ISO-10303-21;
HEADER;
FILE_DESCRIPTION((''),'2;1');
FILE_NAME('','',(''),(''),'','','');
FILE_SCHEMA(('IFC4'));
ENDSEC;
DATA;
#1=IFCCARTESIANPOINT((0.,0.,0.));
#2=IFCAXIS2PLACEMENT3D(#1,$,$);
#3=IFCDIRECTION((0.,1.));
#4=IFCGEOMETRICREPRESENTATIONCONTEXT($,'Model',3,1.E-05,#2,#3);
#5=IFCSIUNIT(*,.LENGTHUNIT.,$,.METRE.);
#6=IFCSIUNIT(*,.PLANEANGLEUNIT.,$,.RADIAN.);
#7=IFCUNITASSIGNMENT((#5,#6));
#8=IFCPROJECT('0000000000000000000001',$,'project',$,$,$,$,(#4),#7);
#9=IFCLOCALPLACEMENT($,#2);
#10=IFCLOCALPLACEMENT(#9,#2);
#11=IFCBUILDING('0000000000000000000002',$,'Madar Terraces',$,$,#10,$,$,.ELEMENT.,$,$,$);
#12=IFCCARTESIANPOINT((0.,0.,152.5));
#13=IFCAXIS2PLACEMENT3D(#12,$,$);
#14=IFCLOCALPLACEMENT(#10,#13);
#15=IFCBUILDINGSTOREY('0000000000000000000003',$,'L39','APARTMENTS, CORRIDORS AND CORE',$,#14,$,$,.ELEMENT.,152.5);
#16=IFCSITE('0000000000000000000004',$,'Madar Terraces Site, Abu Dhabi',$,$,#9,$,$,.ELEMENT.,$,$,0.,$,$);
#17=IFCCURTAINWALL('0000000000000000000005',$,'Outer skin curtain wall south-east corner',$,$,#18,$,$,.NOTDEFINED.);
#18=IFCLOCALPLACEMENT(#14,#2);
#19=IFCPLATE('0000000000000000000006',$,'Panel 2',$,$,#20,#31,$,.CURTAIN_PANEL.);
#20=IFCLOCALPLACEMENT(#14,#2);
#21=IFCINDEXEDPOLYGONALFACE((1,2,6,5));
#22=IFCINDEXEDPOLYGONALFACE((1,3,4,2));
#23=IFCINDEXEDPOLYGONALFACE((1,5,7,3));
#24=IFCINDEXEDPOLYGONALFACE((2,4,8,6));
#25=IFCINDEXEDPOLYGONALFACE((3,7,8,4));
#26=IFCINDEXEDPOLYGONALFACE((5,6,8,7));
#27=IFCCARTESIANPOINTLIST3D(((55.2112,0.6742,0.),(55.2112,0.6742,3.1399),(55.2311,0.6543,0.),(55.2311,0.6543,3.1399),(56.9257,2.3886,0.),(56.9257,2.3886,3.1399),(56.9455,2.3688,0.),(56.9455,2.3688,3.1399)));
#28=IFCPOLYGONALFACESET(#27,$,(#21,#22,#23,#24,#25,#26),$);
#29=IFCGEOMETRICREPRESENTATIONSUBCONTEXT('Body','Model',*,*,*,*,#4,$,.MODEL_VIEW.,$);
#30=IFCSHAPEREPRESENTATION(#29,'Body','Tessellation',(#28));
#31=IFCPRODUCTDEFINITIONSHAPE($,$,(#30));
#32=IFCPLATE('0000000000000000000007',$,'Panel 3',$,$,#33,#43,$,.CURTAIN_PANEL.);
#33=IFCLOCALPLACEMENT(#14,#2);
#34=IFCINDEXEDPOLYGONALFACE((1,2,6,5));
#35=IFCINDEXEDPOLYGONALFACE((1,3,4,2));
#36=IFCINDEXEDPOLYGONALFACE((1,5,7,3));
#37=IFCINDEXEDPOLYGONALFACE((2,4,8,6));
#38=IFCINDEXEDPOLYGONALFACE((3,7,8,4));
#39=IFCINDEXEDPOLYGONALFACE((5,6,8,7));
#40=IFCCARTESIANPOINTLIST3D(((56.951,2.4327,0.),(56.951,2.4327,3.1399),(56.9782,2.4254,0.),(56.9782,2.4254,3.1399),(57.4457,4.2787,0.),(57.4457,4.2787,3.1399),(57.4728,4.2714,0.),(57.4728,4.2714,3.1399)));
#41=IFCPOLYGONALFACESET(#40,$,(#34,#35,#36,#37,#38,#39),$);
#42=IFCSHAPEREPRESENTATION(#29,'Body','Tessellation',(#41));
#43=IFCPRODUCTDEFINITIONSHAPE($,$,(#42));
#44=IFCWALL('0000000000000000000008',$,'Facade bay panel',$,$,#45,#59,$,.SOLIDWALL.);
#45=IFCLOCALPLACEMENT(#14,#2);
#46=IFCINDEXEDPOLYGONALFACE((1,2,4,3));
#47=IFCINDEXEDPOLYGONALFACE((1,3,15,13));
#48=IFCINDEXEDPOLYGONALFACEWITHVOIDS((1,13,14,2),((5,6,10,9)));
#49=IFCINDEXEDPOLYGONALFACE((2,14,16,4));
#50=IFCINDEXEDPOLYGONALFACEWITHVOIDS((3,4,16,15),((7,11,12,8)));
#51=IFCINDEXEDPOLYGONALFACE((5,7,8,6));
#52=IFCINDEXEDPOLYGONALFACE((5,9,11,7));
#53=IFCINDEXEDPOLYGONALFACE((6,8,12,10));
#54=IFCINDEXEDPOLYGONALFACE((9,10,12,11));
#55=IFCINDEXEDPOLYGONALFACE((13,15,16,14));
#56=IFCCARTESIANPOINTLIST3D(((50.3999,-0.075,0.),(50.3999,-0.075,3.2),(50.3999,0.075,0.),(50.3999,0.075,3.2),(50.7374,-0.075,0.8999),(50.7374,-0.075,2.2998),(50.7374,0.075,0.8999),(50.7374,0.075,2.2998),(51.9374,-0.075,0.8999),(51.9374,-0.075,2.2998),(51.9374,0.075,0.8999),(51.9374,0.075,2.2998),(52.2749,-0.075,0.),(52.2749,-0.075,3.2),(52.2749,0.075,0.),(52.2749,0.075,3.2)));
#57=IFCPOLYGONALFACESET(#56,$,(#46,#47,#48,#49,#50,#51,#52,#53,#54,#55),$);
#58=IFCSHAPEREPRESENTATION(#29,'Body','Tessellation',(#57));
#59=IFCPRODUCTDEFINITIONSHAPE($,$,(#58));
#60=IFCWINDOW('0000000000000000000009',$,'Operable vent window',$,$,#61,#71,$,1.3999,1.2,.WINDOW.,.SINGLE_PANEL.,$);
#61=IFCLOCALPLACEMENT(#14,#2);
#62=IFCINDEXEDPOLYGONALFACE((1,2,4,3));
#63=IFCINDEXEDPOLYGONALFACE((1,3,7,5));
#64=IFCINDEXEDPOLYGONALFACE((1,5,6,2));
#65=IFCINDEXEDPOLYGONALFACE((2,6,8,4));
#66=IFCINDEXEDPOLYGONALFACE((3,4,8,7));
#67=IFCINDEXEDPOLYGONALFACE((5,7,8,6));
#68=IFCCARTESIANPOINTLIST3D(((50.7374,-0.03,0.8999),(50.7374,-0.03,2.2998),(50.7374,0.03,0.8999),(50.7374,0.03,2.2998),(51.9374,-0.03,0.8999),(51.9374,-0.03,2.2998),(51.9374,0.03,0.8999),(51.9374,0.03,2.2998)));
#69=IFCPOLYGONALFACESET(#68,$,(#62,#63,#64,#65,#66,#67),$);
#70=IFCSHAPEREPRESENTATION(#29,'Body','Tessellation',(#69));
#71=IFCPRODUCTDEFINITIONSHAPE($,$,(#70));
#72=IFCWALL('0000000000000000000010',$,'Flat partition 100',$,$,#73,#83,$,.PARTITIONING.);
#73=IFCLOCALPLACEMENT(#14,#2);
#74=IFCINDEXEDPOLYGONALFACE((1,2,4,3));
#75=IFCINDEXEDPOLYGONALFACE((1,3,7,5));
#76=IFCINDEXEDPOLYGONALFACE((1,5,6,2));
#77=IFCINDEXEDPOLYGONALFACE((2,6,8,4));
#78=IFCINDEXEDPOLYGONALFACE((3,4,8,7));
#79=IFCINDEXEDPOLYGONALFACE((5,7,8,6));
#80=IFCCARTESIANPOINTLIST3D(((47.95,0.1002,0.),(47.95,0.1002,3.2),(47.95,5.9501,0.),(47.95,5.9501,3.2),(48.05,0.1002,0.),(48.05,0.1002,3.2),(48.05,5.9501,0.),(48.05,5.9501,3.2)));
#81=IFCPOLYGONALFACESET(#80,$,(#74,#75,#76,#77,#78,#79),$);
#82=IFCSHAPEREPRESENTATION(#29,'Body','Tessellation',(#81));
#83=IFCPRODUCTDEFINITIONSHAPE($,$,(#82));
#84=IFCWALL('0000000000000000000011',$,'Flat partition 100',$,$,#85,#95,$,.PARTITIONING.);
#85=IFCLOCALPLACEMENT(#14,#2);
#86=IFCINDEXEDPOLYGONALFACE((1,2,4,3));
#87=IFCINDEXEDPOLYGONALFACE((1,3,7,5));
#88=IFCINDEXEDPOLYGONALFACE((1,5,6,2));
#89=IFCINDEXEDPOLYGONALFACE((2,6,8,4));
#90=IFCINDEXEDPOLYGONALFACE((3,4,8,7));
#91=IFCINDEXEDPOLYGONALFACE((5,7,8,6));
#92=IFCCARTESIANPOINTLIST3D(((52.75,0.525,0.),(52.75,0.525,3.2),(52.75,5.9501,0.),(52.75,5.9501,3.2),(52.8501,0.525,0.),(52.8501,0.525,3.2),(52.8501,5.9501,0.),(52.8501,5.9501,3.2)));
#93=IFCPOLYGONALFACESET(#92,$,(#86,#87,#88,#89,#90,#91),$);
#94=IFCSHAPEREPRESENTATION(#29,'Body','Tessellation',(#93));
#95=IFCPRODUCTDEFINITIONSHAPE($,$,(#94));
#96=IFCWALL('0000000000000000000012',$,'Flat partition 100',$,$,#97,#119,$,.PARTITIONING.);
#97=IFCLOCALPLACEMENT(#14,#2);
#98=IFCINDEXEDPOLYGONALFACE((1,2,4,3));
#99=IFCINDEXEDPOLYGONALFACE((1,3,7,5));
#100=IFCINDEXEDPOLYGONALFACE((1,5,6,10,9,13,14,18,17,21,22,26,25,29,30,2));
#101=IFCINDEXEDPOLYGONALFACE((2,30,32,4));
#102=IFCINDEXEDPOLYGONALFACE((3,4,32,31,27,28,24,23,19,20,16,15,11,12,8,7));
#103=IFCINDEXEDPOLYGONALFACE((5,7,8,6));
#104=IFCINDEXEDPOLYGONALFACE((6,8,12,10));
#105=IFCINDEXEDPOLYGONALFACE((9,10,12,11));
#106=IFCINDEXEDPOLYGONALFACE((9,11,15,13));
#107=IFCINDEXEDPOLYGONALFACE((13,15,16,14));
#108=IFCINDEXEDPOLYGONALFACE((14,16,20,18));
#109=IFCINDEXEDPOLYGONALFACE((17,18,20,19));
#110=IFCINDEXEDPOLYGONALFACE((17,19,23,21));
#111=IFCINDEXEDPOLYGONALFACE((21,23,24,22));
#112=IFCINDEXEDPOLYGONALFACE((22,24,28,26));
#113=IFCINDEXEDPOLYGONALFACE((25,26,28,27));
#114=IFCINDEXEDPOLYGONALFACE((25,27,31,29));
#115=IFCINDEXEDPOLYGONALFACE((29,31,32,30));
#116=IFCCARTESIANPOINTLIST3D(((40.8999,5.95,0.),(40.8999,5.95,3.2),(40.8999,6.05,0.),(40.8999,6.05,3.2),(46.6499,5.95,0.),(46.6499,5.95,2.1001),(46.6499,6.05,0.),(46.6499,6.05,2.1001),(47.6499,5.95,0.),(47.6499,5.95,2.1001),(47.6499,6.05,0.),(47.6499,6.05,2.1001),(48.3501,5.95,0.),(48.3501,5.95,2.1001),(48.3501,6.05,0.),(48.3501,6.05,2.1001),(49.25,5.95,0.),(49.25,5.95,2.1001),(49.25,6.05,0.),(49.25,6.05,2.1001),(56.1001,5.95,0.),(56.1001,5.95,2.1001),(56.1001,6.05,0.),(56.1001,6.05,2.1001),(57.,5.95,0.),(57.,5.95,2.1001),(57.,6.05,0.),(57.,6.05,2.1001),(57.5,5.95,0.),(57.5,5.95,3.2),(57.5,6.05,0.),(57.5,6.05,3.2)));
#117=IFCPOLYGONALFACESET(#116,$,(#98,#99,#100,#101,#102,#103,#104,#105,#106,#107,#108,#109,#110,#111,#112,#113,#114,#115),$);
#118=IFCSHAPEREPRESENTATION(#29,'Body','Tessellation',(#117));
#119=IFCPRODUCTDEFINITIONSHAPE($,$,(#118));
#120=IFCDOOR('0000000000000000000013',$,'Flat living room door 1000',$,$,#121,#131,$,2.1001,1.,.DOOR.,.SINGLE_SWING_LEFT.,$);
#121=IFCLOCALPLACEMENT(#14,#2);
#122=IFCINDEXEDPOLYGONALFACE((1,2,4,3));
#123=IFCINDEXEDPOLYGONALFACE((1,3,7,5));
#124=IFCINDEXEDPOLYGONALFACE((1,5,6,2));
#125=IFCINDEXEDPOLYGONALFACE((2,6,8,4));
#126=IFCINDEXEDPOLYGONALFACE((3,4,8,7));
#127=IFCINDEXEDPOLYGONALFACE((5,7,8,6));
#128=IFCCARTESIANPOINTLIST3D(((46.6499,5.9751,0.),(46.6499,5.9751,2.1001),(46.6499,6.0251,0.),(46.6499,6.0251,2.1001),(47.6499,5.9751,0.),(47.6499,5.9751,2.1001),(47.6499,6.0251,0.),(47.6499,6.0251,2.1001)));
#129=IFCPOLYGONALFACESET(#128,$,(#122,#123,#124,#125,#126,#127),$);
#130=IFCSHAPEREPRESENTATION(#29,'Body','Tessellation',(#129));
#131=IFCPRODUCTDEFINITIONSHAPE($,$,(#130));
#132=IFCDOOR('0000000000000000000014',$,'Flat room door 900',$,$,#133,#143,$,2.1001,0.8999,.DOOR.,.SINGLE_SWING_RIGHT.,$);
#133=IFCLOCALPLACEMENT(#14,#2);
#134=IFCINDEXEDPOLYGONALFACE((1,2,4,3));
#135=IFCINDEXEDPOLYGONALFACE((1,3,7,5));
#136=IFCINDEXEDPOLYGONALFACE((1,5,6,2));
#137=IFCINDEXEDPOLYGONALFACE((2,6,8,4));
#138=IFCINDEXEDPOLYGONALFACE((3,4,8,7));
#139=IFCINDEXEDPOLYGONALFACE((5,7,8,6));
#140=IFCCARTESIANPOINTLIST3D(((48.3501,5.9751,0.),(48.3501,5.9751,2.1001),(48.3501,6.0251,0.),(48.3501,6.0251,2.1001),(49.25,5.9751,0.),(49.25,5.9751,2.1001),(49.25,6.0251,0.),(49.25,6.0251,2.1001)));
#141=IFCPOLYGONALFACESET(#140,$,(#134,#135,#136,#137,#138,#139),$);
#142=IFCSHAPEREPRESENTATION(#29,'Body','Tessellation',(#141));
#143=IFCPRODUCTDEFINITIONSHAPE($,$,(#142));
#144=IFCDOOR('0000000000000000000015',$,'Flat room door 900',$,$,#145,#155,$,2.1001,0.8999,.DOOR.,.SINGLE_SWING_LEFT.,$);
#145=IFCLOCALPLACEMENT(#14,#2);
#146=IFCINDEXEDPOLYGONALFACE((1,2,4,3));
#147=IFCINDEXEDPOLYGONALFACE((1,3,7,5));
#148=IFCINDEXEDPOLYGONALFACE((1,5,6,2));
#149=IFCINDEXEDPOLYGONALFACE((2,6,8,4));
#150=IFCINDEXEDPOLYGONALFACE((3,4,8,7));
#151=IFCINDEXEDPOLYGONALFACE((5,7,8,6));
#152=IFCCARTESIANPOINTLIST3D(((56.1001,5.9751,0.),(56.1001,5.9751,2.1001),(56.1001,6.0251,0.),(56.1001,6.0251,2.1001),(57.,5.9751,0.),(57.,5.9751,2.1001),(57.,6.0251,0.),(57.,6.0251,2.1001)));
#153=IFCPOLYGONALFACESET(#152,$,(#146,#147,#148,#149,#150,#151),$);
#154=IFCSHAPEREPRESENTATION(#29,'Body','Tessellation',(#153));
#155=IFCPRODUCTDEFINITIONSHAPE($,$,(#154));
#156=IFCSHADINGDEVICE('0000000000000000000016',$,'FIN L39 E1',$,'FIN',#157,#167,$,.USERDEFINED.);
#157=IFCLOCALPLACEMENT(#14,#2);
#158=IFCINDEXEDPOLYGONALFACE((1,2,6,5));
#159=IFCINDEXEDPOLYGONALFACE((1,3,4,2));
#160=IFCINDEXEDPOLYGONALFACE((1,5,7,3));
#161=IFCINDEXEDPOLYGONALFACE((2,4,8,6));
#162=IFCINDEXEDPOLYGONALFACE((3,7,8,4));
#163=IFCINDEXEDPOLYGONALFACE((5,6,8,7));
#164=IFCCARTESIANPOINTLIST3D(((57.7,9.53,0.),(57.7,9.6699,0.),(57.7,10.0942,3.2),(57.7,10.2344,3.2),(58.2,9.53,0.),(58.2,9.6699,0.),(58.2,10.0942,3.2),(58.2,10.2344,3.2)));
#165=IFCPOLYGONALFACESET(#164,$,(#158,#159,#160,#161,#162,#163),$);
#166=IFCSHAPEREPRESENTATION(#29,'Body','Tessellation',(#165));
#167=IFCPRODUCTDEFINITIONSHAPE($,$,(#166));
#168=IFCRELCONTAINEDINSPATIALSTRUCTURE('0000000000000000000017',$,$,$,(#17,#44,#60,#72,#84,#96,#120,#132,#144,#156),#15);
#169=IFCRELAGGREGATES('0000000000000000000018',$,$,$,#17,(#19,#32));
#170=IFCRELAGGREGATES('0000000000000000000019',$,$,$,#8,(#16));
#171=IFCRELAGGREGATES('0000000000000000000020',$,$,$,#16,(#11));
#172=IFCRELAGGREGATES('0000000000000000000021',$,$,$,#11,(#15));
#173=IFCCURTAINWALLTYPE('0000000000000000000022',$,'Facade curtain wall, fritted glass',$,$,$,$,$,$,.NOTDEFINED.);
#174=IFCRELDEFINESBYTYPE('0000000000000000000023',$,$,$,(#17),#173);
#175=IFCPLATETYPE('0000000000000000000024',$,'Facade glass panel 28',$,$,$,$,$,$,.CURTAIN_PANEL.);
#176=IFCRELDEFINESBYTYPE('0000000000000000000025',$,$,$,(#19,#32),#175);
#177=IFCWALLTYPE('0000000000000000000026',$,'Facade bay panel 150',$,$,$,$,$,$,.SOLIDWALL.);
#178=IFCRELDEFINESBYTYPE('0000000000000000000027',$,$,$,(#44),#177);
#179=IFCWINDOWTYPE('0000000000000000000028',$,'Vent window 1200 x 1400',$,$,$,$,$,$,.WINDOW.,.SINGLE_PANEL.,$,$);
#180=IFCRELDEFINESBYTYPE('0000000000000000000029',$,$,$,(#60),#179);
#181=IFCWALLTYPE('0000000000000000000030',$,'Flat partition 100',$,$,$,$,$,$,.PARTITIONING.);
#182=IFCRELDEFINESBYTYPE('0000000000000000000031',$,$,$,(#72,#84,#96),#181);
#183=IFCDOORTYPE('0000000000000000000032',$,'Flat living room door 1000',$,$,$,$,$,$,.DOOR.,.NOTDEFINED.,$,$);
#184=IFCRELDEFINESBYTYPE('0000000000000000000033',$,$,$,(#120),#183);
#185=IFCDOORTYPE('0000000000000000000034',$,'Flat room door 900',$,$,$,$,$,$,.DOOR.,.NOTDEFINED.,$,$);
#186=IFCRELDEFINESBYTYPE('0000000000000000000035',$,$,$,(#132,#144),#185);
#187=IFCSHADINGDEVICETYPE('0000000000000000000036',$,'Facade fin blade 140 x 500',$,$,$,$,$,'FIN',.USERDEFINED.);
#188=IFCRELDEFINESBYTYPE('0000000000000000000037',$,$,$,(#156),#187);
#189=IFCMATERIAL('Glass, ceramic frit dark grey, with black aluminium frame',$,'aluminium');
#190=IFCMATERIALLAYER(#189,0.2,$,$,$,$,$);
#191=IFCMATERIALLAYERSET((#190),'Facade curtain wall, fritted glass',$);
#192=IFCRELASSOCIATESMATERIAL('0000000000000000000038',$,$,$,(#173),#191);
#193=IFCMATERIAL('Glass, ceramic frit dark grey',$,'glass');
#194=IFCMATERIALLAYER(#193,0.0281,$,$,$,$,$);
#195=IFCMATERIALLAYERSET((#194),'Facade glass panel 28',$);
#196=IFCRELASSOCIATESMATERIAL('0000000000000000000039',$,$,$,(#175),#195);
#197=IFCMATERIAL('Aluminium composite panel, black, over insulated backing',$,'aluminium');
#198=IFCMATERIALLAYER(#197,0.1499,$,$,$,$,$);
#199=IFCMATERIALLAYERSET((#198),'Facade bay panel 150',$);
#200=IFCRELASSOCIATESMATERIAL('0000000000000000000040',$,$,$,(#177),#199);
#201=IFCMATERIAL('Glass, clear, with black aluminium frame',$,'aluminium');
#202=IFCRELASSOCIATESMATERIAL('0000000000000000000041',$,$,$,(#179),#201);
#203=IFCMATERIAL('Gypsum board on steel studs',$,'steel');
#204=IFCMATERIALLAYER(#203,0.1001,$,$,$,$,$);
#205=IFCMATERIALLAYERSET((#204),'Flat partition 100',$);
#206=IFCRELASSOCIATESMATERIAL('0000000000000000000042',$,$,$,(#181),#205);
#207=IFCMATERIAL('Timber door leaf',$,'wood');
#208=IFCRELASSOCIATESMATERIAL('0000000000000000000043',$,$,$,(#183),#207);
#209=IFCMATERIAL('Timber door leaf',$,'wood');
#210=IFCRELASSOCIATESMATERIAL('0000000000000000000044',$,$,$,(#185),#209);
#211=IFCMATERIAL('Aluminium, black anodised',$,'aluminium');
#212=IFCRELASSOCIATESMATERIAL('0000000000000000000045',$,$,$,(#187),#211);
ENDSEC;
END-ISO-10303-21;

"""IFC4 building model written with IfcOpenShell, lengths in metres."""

from ifc_helpers import new_model, si_unit, direction, frame, frame_2d, origin, origin_2d, place, context, subcontext, project, spatial, polyline, rectangle, outline, extrude, material, layer, layer_set, type_object, element, fill, aggregate, save


model = new_model("IFC4")

# Units and contexts
model_context = context("Model", 3, precision=1e-05, world=origin(), true_north=direction((0.0, 1.0)))
body_context = subcontext(model_context, "Body", "Model", "MODEL_VIEW")
ifc_project = project(units=[si_unit("LENGTHUNIT", "METRE"), si_unit("PLANEANGLEUNIT", "RADIAN")], contexts=[model_context])

# Site, building, storey
site_placement = place(None, origin())
site = spatial("IfcSite", under=ifc_project, at=site_placement, Name="Madar Terraces Site, Abu Dhabi", CompositionType="ELEMENT", RefElevation=0.0)
building_placement = place(site_placement, origin())
building = spatial("IfcBuilding", under=site, at=building_placement, Name="Madar Terraces", CompositionType="ELEMENT")
storey_placement = place(building_placement, frame((0.0, 0.0, 152.5)))
storey = spatial("IfcBuildingStorey", under=building, at=storey_placement, Name="L39", Description="APARTMENTS, CORRIDORS AND CORE", CompositionType="ELEMENT", Elevation=152.5)

# Shared definitions
ifc_material_1 = material(Name="Glass, ceramic frit dark grey, with black aluminium frame", Category="aluminium")
ifc_layer_1 = layer(ifc_material_1, 0.2)
ifc_layer_set_1 = layer_set([ifc_layer_1], Name="Facade curtain wall, fritted glass")
curtain_wall_type = type_object("IfcCurtainWallType", Name="Facade curtain wall, fritted glass", PredefinedType="NOTDEFINED", material=ifc_layer_set_1)

# Curtain wall
curtain_wall_1_placement = place(storey_placement, origin())
curtain_wall_1 = element("IfcCurtainWall", 1, at=curtain_wall_1_placement, inside=storey, type_object=curtain_wall_type, Name="Outer skin curtain wall south-east corner", PredefinedType="NOTDEFINED")

# Plates
ifc_material_2 = material(Name="Glass, ceramic frit dark grey", Category="glass")
ifc_layer_2 = layer(ifc_material_2, 0.0281)
ifc_layer_set_2 = layer_set([ifc_layer_2], Name="Facade glass panel 28")
plate_type = type_object("IfcPlateType", Name="Facade glass panel 28", PredefinedType="CURTAIN_PANEL", material=ifc_layer_set_2)
plate_1_placement = place(storey_placement, frame((56.0784, 1.5215, 0.0), z_axis=(0.0, 0.0, 1.0), x_axis=(0.707107, 0.707107, 0.0)))
plate_1 = element("IfcPlate", 2, at=plate_1_placement, type_object=plate_type, Name="Panel 2", PredefinedType="CURTAIN_PANEL", context=body_context, shape_type="SweptSolid", body=[
    extrude(rectangle(XDim=2.4246, YDim=0.0281, at=origin_2d()), origin(), (0.0, 0.0, 1.0), 3.1399),
])
plate_2_placement = place(storey_placement, frame((57.2119, 3.3521, 0.0), z_axis=(0.0, 0.0, 1.0), x_axis=(0.258819, 0.965926, 0.0)))
plate_2 = element("IfcPlate", 3, at=plate_2_placement, type_object=plate_type, Name="Panel 3", PredefinedType="CURTAIN_PANEL", context=body_context, shape_type="SweptSolid", body=[
    extrude(rectangle(XDim=1.9111, YDim=0.0281, at=origin_2d()), origin(), (0.0, 0.0, 1.0), 3.1399),
])
aggregate(curtain_wall_1, [plate_1, plate_2])

# Wall, opening, window
ifc_material_3 = material(Name="Aluminium composite panel, black, over insulated backing", Category="aluminium")
ifc_layer_3 = layer(ifc_material_3, 0.1499)
ifc_layer_set_3 = layer_set([ifc_layer_3], Name="Facade bay panel 150")
wall_type_1 = type_object("IfcWallType", Name="Facade bay panel 150", PredefinedType="SOLIDWALL", material=ifc_layer_set_3)
wall_1_placement = place(storey_placement, frame((50.3999, 0.0, 0.0), z_axis=(0.0, 0.0, 1.0), x_axis=(1.0, 0.0, 0.0)))
wall_1 = element("IfcWall", 4, at=wall_1_placement, inside=storey, type_object=wall_type_1, Name="Facade bay panel", PredefinedType="SOLIDWALL", context=body_context, shape_type="SweptSolid", body=[
    extrude(rectangle(XDim=1.875, YDim=0.1499, at=frame_2d((0.9375, 0.0))), origin(), (0.0, 0.0, 1.0), 3.2),
])
opening_1_placement = place(wall_1_placement, frame((0.3374, 0.0, 0.8999)))
opening_1 = element("IfcOpeningElement", 5, at=opening_1_placement, cuts=wall_1, PredefinedType="OPENING", context=body_context, shape_type="SweptSolid", body=[
    extrude(rectangle(XDim=1.2, YDim=1.3999, at=frame_2d((0.6001, 0.7))), frame((0.0, 0.085, 0.0), z_axis=(0.0, -1.0, 0.0), x_axis=(1.0, 0.0, 0.0)), (0.0, 0.0, 1.0), 0.1699),
])
ifc_material_4 = material(Name="Glass, clear, with black aluminium frame", Category="aluminium")
window_type = type_object("IfcWindowType", Name="Vent window 1200 x 1400", PartitioningType="SINGLE_PANEL", PredefinedType="WINDOW", material=ifc_material_4)
window_placement = place(opening_1_placement, origin())
window = element("IfcWindow", 6, at=window_placement, inside=storey, type_object=window_type, Name="Operable vent window", OverallHeight=1.3999, OverallWidth=1.2, PartitioningType="SINGLE_PANEL", PredefinedType="WINDOW", context=body_context, shape_type="SweptSolid", body=[
    extrude(rectangle(XDim=1.2, YDim=1.3999, at=frame_2d((0.6001, 0.7))), frame((0.0, 0.03, 0.0), z_axis=(0.0, -1.0, 0.0), x_axis=(1.0, 0.0, 0.0)), (0.0, 0.0, 1.0), 0.0601),
])
fill(opening_1, window)

# Walls
ifc_material_5 = material(Name="Gypsum board on steel studs", Category="steel")
ifc_layer_4 = layer(ifc_material_5, 0.1001)
ifc_layer_set_4 = layer_set([ifc_layer_4], Name="Flat partition 100")
wall_type_2 = type_object("IfcWallType", Name="Flat partition 100", PredefinedType="PARTITIONING", material=ifc_layer_set_4)
wall_2_placement = place(storey_placement, frame((48.0, 5.95, 0.0), z_axis=(0.0, 0.0, 1.0), x_axis=(0.0, -1.0, 0.0)))
element("IfcWall", 7, at=wall_2_placement, inside=storey, type_object=wall_type_2, Name="Flat partition 100", PredefinedType="PARTITIONING", context=body_context, shape_type="SweptSolid", body=[
    extrude(rectangle(XDim=5.8499, YDim=0.1001, at=frame_2d((2.9248, 0.0))), origin(), (0.0, 0.0, 1.0), 3.2),
])
wall_3_placement = place(storey_placement, frame((52.8, 5.95, 0.0), z_axis=(0.0, 0.0, 1.0), x_axis=(0.0, -1.0, 0.0)))
element("IfcWall", 8, at=wall_3_placement, inside=storey, type_object=wall_type_2, Name="Flat partition 100", PredefinedType="PARTITIONING", context=body_context, shape_type="SweptSolid", body=[
    extrude(rectangle(XDim=5.425, YDim=0.1001, at=frame_2d((2.7124, 0.0))), origin(), (0.0, 0.0, 1.0), 3.2),
])

# Wall, openings, doors
wall_4_placement = place(storey_placement, frame((57.5, 6.0, 0.0), z_axis=(0.0, 0.0, 1.0), x_axis=(-1.0, 0.0, 0.0)))
wall_4 = element("IfcWall", 9, at=wall_4_placement, inside=storey, type_object=wall_type_2, Name="Flat partition 100", PredefinedType="PARTITIONING", context=body_context, shape_type="SweptSolid", body=[
    extrude(rectangle(XDim=16.6001, YDim=0.1001, at=frame_2d((8.3, 0.0))), origin(), (0.0, 0.0, 1.0), 3.2),
])
opening_2_placement = place(wall_4_placement, frame((9.8501, 0.0, 0.0)))
opening_2 = element("IfcOpeningElement", 10, at=opening_2_placement, cuts=wall_4, PredefinedType="OPENING", context=body_context, shape_type="SweptSolid", body=[
    extrude(rectangle(XDim=1.0, YDim=2.1001, at=frame_2d((0.5, 1.05))), frame((0.0, 0.0601, 0.0), z_axis=(0.0, -1.0, 0.0), x_axis=(1.0, 0.0, 0.0)), (0.0, 0.0, 1.0), 0.1201),
])
opening_3_placement = place(wall_4_placement, frame((8.25, 0.0, 0.0)))
opening_3 = element("IfcOpeningElement", 11, at=opening_3_placement, cuts=wall_4, PredefinedType="OPENING", context=body_context, shape_type="SweptSolid", body=[
    extrude(rectangle(XDim=0.8999, YDim=2.1001, at=frame_2d((0.45, 1.05))), frame((0.0, 0.0601, 0.0), z_axis=(0.0, -1.0, 0.0), x_axis=(1.0, 0.0, 0.0)), (0.0, 0.0, 1.0), 0.1201),
])
opening_4_placement = place(wall_4_placement, frame((0.5, 0.0, 0.0)))
opening_4 = element("IfcOpeningElement", 12, at=opening_4_placement, cuts=wall_4, PredefinedType="OPENING", context=body_context, shape_type="SweptSolid", body=[
    extrude(rectangle(XDim=0.8999, YDim=2.1001, at=frame_2d((0.45, 1.05))), frame((0.0, 0.0601, 0.0), z_axis=(0.0, -1.0, 0.0), x_axis=(1.0, 0.0, 0.0)), (0.0, 0.0, 1.0), 0.1201),
])
ifc_material_6 = material(Name="Timber door leaf", Category="wood")
door_type_1 = type_object("IfcDoorType", Name="Flat living room door 1000", OperationType="NOTDEFINED", PredefinedType="DOOR", material=ifc_material_6)
door_1_placement = place(opening_2_placement, origin())
door_1 = element("IfcDoor", 13, at=door_1_placement, inside=storey, type_object=door_type_1, Name="Flat living room door 1000", OperationType="SINGLE_SWING_LEFT", OverallHeight=2.1001, OverallWidth=1.0, PredefinedType="DOOR", context=body_context, shape_type="SweptSolid", body=[
    extrude(rectangle(XDim=1.0, YDim=2.1001, at=frame_2d((0.5, 1.05))), frame((0.0, 0.0249, 0.0), z_axis=(0.0, -1.0, 0.0), x_axis=(1.0, 0.0, 0.0)), (0.0, 0.0, 1.0), 0.05),
])
fill(opening_2, door_1)
ifc_material_7 = material(Name="Timber door leaf", Category="wood")
door_type_2 = type_object("IfcDoorType", Name="Flat room door 900", OperationType="NOTDEFINED", PredefinedType="DOOR", material=ifc_material_7)
door_2_placement = place(opening_3_placement, origin())
door_2 = element("IfcDoor", 14, at=door_2_placement, inside=storey, type_object=door_type_2, Name="Flat room door 900", OperationType="SINGLE_SWING_RIGHT", OverallHeight=2.1001, OverallWidth=0.8999, PredefinedType="DOOR", context=body_context, shape_type="SweptSolid", body=[
    extrude(rectangle(XDim=0.8999, YDim=2.1001, at=frame_2d((0.45, 1.05))), frame((0.0, 0.0249, 0.0), z_axis=(0.0, -1.0, 0.0), x_axis=(1.0, 0.0, 0.0)), (0.0, 0.0, 1.0), 0.05),
])
fill(opening_3, door_2)
door_3_placement = place(opening_4_placement, origin())
door_3 = element("IfcDoor", 15, at=door_3_placement, inside=storey, type_object=door_type_2, Name="Flat room door 900", OperationType="SINGLE_SWING_LEFT", OverallHeight=2.1001, OverallWidth=0.8999, PredefinedType="DOOR", context=body_context, shape_type="SweptSolid", body=[
    extrude(rectangle(XDim=0.8999, YDim=2.1001, at=frame_2d((0.45, 1.05))), frame((0.0, 0.0249, 0.0), z_axis=(0.0, -1.0, 0.0), x_axis=(1.0, 0.0, 0.0)), (0.0, 0.0, 1.0), 0.05),
])
fill(opening_4, door_3)

# Shading device
ifc_material_8 = material(Name="Aluminium, black anodised", Category="aluminium")
shading_device_type = type_object("IfcShadingDeviceType", Name="Facade fin blade 140 x 500", ElementType="FIN", PredefinedType="USERDEFINED", material=ifc_material_8)
shading_device_placement = place(storey_placement, frame((57.95, 9.53, 0.0), z_axis=(0.0, 0.0, 1.0), x_axis=(0.0, 1.0, 0.0)))
element("IfcShadingDevice", 16, at=shading_device_placement, inside=storey, type_object=shading_device_type, Name="FIN L39 E1", ObjectType="FIN", PredefinedType="USERDEFINED", context=body_context, shape_type="SweptSolid", body=[
    extrude(outline(polyline([(0.0, 0.0), (0.1399, 0.0), (0.7043, 3.2), (0.5642, 3.2), (0.0, 0.0)])), frame((0.0, 0.25, 0.0), z_axis=(0.0, -1.0, 0.0), x_axis=(1.0, 0.0, 0.0)), (0.0, 0.0, 1.0), 0.5),
])

save(model, "model.ifc")
